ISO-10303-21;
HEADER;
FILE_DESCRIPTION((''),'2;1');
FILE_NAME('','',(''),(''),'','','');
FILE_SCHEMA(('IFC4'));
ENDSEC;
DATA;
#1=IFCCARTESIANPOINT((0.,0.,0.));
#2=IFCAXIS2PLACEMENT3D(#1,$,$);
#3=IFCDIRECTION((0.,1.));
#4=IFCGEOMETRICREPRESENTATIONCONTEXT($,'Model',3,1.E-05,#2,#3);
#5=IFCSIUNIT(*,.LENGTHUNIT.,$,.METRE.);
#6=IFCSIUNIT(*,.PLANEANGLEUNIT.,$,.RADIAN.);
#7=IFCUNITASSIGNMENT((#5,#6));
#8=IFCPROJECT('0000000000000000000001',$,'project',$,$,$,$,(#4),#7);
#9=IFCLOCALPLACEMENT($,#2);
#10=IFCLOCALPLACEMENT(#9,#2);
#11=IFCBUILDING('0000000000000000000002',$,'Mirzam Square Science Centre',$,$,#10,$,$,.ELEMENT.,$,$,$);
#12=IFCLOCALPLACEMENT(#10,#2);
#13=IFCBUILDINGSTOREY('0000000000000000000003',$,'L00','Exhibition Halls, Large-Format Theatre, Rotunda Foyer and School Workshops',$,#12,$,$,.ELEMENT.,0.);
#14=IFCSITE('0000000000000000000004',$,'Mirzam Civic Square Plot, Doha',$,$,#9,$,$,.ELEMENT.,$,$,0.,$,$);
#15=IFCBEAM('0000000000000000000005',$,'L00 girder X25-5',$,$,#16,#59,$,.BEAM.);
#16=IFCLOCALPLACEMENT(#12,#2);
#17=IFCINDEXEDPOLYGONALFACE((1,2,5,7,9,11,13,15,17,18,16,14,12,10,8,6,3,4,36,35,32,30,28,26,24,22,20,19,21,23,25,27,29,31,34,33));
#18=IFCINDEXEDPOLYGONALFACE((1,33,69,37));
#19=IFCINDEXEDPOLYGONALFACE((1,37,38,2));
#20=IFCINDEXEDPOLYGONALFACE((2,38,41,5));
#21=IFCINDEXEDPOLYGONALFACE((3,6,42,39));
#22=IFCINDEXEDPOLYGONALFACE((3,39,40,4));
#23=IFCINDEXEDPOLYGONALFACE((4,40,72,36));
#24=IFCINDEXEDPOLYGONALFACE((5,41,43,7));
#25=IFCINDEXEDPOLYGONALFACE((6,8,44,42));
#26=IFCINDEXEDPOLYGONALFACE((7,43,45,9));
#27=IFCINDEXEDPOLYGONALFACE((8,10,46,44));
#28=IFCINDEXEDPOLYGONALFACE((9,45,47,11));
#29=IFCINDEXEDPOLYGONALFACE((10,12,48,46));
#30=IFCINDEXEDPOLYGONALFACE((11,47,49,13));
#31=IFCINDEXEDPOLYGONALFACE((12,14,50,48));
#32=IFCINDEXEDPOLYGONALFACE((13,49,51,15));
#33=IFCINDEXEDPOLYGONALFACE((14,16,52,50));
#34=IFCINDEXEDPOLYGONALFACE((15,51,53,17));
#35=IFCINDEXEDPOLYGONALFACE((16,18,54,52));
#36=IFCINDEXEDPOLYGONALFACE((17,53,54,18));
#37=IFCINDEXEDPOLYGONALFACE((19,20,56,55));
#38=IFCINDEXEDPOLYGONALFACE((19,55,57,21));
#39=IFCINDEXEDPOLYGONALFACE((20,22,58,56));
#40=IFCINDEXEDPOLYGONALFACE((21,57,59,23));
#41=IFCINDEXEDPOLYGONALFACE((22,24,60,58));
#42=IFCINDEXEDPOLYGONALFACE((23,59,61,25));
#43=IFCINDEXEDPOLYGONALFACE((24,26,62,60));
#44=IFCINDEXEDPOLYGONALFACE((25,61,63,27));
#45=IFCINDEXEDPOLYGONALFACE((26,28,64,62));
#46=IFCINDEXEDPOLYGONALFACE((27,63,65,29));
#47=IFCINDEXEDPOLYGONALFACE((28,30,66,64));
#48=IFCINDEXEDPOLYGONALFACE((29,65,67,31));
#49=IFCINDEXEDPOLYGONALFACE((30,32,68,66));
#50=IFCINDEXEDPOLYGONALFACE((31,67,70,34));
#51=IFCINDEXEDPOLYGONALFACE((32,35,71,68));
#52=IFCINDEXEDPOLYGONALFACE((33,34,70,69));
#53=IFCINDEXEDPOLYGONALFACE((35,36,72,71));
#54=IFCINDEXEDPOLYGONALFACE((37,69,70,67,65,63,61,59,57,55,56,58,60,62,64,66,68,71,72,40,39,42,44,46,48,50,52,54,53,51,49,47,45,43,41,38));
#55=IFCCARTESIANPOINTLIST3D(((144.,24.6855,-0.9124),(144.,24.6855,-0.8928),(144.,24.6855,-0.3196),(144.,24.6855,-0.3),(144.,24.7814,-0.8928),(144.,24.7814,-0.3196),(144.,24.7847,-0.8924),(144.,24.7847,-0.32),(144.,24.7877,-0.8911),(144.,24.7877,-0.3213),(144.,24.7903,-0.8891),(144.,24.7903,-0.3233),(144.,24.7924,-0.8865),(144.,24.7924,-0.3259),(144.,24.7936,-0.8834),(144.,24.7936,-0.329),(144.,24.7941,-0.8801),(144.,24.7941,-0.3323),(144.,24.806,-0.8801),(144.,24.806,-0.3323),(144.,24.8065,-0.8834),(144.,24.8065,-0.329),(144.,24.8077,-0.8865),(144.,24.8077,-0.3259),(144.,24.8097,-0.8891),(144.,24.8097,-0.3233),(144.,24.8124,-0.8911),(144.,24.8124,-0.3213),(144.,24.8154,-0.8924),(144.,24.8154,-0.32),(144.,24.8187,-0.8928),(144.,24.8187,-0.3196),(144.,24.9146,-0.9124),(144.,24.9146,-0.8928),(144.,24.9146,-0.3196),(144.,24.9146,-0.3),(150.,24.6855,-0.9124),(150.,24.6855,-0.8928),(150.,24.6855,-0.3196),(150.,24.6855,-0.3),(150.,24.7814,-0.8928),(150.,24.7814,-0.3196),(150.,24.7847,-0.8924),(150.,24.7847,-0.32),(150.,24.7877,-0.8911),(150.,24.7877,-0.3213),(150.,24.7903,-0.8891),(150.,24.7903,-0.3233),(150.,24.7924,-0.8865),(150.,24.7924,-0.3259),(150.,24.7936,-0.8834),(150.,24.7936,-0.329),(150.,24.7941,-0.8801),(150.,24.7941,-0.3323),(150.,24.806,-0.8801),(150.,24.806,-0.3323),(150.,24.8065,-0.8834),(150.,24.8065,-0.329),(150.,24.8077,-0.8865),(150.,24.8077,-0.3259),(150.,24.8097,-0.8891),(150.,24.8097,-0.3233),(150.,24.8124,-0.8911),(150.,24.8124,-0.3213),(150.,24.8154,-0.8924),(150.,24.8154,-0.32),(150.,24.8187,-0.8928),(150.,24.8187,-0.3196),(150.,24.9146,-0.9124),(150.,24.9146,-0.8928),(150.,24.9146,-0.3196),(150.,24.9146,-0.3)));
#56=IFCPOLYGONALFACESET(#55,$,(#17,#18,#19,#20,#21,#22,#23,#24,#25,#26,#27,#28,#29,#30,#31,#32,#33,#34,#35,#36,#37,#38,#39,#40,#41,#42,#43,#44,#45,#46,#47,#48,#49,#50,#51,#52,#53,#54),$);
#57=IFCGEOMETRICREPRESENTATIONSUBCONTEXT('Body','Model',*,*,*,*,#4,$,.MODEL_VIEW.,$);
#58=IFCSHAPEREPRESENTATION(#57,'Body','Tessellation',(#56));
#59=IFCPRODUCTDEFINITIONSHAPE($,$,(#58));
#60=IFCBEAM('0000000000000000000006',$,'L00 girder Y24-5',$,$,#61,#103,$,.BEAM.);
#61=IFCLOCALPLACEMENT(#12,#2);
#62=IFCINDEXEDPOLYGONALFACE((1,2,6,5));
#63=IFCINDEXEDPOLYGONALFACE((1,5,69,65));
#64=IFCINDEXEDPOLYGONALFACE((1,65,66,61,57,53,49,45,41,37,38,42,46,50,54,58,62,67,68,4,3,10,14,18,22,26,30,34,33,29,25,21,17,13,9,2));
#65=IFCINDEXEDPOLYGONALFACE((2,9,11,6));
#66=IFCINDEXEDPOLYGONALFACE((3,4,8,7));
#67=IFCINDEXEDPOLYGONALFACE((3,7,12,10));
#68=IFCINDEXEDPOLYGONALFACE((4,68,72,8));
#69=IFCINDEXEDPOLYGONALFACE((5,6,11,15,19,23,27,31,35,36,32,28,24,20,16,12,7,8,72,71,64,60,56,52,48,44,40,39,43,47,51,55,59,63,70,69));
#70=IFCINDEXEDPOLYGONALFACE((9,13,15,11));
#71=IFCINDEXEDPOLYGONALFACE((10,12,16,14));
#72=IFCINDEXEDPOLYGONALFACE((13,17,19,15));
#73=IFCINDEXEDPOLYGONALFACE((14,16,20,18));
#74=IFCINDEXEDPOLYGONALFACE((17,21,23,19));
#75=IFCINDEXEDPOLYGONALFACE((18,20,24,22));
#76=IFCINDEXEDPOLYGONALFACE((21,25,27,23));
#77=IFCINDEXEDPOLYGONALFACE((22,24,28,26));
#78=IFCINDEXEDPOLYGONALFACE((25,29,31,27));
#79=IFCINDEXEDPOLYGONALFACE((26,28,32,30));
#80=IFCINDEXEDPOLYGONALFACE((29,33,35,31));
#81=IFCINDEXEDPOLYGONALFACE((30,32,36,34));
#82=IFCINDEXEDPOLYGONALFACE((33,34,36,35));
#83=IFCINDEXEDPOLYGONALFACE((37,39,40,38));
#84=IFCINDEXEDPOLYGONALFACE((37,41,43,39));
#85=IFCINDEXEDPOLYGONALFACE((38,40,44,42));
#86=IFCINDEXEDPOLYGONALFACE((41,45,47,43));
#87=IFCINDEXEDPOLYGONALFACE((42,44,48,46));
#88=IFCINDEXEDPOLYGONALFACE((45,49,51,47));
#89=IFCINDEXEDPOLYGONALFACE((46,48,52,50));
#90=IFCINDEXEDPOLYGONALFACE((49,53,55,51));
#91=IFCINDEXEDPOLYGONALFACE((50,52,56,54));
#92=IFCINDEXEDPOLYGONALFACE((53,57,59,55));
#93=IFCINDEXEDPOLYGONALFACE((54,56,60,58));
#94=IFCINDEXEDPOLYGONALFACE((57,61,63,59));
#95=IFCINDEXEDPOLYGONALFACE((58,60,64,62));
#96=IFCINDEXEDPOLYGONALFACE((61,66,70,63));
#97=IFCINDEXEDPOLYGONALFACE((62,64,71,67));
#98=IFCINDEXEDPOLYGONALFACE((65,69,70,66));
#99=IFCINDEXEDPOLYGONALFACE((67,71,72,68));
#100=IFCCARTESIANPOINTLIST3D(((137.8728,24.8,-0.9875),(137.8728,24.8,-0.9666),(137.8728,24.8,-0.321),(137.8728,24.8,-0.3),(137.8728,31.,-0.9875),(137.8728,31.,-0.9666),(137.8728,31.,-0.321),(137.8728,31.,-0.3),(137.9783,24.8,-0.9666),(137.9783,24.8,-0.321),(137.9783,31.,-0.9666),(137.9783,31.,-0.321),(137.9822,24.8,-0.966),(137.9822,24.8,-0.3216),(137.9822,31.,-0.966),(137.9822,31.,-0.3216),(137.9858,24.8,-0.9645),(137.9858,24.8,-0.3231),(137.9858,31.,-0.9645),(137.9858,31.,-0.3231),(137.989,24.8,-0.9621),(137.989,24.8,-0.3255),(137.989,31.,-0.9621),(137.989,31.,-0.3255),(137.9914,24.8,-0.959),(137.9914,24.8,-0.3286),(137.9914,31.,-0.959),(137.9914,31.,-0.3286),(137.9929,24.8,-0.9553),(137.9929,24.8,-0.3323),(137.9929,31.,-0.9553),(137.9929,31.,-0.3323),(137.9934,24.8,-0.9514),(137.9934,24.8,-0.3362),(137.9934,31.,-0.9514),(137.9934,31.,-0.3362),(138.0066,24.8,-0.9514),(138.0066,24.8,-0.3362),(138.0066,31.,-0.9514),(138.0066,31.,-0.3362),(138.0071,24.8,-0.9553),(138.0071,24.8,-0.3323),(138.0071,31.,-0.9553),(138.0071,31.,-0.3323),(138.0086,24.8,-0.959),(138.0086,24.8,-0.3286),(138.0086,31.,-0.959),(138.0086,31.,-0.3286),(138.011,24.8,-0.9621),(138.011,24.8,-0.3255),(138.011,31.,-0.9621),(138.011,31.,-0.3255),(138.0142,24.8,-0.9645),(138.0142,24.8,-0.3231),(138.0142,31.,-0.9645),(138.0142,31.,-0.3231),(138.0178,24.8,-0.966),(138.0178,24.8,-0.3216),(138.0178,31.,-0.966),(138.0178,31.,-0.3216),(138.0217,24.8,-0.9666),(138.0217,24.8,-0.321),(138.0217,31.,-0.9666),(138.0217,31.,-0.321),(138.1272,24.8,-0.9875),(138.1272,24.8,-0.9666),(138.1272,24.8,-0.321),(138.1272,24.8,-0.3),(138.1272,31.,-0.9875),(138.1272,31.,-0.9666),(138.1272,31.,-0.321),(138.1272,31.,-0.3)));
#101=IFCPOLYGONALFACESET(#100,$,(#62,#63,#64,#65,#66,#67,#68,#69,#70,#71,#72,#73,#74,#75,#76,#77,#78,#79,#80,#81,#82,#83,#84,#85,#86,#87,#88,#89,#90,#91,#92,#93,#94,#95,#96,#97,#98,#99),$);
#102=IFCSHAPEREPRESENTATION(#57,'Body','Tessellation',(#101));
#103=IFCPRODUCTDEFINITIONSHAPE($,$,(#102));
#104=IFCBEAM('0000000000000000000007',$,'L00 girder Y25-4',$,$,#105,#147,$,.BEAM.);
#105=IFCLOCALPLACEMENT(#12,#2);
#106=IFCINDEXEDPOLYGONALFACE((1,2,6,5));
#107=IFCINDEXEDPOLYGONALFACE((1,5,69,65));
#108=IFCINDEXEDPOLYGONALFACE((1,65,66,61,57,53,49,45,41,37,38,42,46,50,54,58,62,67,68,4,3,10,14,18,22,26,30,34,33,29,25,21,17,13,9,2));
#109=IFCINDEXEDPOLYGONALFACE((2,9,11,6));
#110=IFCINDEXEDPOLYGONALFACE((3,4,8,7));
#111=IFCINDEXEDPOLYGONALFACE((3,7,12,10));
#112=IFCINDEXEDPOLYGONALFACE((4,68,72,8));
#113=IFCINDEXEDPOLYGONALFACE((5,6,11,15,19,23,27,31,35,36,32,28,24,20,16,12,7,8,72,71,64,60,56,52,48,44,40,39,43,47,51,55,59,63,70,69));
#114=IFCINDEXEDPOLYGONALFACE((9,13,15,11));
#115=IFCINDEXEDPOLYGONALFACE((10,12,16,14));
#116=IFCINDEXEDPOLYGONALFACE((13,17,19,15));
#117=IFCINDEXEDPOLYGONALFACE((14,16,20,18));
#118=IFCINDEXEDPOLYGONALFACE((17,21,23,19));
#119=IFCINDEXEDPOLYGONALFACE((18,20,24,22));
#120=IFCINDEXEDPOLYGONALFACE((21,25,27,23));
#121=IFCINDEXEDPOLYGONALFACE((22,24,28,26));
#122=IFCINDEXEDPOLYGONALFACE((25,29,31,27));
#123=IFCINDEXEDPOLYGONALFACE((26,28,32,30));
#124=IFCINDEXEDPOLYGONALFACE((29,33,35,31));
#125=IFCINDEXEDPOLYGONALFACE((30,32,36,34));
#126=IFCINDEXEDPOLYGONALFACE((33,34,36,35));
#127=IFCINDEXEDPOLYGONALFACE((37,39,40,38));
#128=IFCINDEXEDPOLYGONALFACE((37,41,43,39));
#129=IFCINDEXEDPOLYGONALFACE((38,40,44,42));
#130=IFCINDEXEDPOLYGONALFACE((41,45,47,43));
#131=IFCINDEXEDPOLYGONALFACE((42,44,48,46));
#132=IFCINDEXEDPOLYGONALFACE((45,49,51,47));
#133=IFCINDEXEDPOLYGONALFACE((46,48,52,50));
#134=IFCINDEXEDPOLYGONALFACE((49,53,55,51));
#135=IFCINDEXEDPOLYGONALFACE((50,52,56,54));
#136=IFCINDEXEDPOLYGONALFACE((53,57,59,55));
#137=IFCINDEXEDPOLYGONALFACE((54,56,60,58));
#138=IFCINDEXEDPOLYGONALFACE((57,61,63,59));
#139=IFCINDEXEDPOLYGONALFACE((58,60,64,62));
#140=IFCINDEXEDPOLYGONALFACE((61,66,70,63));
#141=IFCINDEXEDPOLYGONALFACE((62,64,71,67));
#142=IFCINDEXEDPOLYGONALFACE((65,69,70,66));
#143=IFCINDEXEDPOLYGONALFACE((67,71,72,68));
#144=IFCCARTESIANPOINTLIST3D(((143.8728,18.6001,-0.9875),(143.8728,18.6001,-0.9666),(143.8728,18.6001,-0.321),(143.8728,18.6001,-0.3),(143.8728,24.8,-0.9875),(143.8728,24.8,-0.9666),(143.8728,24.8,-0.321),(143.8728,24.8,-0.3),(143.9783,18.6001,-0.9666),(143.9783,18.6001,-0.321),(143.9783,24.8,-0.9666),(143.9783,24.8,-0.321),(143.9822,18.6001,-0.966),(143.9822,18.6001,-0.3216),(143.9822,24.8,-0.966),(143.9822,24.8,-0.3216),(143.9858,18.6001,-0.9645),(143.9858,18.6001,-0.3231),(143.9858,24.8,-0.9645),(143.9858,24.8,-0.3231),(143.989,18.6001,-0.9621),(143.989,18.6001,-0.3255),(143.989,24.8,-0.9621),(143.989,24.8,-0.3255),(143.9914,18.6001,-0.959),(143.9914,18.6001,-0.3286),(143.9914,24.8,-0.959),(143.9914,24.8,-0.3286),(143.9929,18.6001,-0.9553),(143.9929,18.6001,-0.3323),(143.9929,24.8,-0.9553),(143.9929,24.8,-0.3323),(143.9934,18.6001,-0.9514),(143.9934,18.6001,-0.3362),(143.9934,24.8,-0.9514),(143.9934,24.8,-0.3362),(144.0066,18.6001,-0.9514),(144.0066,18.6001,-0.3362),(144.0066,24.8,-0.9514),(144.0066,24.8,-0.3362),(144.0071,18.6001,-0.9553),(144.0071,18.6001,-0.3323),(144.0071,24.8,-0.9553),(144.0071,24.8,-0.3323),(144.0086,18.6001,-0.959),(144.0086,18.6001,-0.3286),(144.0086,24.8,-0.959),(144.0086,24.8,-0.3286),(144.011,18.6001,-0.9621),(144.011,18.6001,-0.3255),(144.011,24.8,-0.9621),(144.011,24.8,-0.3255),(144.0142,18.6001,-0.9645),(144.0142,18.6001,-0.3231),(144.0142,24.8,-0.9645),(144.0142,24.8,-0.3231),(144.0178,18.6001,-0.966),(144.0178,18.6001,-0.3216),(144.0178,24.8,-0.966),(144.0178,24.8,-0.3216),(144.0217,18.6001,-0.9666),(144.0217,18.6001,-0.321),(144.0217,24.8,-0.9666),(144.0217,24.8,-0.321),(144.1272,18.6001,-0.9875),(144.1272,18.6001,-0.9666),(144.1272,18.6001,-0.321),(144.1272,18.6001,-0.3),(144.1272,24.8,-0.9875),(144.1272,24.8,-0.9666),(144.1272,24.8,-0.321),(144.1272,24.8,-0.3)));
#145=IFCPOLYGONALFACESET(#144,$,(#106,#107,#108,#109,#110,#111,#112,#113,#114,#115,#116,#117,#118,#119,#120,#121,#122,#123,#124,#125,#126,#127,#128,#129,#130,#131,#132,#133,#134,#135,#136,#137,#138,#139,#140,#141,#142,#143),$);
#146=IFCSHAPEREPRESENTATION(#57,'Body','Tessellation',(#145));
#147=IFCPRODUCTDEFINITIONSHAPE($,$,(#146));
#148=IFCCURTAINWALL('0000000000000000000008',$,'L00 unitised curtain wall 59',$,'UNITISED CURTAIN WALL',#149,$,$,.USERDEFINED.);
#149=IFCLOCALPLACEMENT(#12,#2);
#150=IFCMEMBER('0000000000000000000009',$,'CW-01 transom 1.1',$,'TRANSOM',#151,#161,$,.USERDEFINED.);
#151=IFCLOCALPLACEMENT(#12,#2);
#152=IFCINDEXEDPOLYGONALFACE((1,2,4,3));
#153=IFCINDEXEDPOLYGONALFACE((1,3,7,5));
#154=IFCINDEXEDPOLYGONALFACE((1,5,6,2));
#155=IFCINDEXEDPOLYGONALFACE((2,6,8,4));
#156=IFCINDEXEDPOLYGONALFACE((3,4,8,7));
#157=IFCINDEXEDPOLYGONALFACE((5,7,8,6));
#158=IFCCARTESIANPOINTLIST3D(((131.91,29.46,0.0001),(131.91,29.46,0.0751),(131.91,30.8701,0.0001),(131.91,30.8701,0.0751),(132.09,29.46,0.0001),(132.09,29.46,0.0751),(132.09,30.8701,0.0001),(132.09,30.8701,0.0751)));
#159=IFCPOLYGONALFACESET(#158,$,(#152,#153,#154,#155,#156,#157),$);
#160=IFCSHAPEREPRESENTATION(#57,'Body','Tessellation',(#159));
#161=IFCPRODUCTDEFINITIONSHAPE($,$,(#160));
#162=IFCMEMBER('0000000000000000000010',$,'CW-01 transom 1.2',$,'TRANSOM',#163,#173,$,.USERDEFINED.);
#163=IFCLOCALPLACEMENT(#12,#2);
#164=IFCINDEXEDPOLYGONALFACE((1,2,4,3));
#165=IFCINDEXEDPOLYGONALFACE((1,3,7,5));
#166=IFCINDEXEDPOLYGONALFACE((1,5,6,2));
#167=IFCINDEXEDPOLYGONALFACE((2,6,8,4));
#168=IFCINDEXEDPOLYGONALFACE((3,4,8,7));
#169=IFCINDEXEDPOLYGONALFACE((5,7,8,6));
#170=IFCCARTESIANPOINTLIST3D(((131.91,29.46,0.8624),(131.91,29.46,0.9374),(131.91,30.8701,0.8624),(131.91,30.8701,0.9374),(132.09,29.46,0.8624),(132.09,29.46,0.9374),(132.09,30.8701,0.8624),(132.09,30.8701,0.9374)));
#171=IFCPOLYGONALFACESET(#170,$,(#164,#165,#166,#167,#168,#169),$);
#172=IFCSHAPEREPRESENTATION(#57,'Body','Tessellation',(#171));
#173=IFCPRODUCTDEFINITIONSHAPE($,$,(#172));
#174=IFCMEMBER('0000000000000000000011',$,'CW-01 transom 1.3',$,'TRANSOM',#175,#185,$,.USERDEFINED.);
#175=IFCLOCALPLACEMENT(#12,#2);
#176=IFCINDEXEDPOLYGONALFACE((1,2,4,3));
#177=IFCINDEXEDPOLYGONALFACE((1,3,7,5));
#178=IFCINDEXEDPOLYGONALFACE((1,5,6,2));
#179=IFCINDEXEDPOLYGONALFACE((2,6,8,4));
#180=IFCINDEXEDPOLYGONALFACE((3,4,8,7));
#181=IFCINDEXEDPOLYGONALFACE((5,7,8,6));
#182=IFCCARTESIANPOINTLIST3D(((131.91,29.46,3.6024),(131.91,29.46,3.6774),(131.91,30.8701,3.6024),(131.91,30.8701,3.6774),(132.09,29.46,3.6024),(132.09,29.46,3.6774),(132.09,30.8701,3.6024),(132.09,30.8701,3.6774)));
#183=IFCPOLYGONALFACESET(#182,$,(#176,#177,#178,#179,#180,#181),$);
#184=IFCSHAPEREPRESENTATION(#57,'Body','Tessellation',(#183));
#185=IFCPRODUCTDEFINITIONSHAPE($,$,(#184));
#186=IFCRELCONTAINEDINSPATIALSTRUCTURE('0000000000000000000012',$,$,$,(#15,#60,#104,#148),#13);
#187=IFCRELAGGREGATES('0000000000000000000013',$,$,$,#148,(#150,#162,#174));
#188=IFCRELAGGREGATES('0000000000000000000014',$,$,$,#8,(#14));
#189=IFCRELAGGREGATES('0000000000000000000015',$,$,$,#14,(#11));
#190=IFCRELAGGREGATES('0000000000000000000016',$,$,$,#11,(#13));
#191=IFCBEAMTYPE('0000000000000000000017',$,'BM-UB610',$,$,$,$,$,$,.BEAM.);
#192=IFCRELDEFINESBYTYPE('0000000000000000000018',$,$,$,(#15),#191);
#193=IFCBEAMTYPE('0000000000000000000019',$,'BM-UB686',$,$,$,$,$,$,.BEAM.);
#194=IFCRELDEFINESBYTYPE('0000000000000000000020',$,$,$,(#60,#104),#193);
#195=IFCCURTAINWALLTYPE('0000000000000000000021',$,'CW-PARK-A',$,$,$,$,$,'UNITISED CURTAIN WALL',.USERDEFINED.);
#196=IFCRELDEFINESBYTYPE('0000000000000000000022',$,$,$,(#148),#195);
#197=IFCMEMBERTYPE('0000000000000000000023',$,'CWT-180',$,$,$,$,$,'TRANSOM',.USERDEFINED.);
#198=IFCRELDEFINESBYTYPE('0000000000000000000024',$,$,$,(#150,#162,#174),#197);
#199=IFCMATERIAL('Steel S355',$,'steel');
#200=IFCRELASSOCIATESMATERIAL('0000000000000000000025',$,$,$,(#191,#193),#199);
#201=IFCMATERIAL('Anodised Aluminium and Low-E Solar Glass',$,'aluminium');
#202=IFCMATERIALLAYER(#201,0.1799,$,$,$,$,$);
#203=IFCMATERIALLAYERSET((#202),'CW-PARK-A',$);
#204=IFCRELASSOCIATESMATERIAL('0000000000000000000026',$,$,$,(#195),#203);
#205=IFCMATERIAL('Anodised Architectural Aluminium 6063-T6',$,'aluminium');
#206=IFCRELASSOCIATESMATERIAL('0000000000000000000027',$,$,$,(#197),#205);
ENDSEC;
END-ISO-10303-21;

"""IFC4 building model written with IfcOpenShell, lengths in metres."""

from ifc_helpers import new_model, si_unit, direction, frame, origin, origin_2d, place, context, subcontext, project, spatial, rectangle, i_section, extrude, material, layer, layer_set, material_profile, profile_set, type_object, element, aggregate, save


model = new_model("IFC4")

# Units and contexts
model_context = context("Model", 3, precision=1e-05, world=origin(), true_north=direction((0.0, 1.0)))
body_context = subcontext(model_context, "Body", "Model", "MODEL_VIEW")
ifc_project = project(units=[si_unit("LENGTHUNIT", "METRE"), si_unit("PLANEANGLEUNIT", "RADIAN")], contexts=[model_context])

# Site, building, storey
site_placement = place(None, origin())
site = spatial("IfcSite", under=ifc_project, at=site_placement, Name="Mirzam Civic Square Plot, Doha", CompositionType="ELEMENT", RefElevation=0.0)
building_placement = place(site_placement, origin())
building = spatial("IfcBuilding", under=site, at=building_placement, Name="Mirzam Square Science Centre", CompositionType="ELEMENT")
storey_placement = place(building_placement, origin())
storey = spatial("IfcBuildingStorey", under=building, at=storey_placement, Name="L00", Description="Exhibition Halls, Large-Format Theatre, Rotunda Foyer and School Workshops", CompositionType="ELEMENT", Elevation=0.0)

# Shared definitions
ifc_material_1 = material(Name="Steel S355", Category="steel")

# Beams
ifc_material_profile_1 = material_profile(ifc_material_1, i_section(OverallWidth=0.229, OverallDepth=0.6123, WebThickness=0.012, FlangeThickness=0.0195, FilletRadius=0.0127, at=origin_2d()), Name="610x229x125UB")
ifc_profile_set_1 = profile_set([ifc_material_profile_1], Name="Steel S355")
beam_type_1 = type_object("IfcBeamType", Name="BM-UB610", PredefinedType="BEAM", material=ifc_profile_set_1)
beam_1_placement = place(storey_placement, frame((144.0, 24.8, -0.6062), z_axis=(1.0, 0.0, 0.0), x_axis=(0.0, 1.0, 0.0)))
element("IfcBeam", 1, at=beam_1_placement, inside=storey, type_object=beam_type_1, Name="L00 girder X25-5", PredefinedType="BEAM", context=body_context, shape_type="SweptSolid", body=[
    extrude(i_section(OverallWidth=0.229, OverallDepth=0.6123, WebThickness=0.012, FlangeThickness=0.0195, FilletRadius=0.0127, at=origin_2d()), origin(), (0.0, 0.0, 1.0), 6.0),
])
ifc_material_profile_2 = material_profile(ifc_material_1, i_section(OverallWidth=0.2544, OverallDepth=0.6875, WebThickness=0.0132, FlangeThickness=0.021, FilletRadius=0.0151, at=origin_2d()), Name="686x254x152UB")
ifc_profile_set_2 = profile_set([ifc_material_profile_2], Name="Steel S355")
beam_type_2 = type_object("IfcBeamType", Name="BM-UB686", PredefinedType="BEAM", material=ifc_profile_set_2)
for number, where, z_axis, x_axis, name in (
    (2, (138.0, 24.8, -0.6438), (0.0, 1.0, 0.0), (-1.0, 0.0, 0.0), "L00 girder Y24-5"),
    (3, (144.0, 18.6001, -0.6438), (0.0, 1.0, 0.0), (-1.0, 0.0, 0.0), "L00 girder Y25-4"),
):
    element("IfcBeam", number, at=place(storey_placement, frame(where, z_axis=z_axis, x_axis=x_axis)), inside=storey, type_object=beam_type_2, Name=name, PredefinedType="BEAM", context=body_context, shape_type="SweptSolid", body=[
        extrude(i_section(OverallWidth=0.2544, OverallDepth=0.6875, WebThickness=0.0132, FlangeThickness=0.021, FilletRadius=0.0151, at=origin_2d()), origin(), (0.0, 0.0, 1.0), 6.2),
    ])

# Curtain wall, members
ifc_material_2 = material(Name="Anodised Aluminium and Low-E Solar Glass", Category="aluminium")
ifc_layer_1 = layer(ifc_material_2, 0.1799)
ifc_layer_set_1 = layer_set([ifc_layer_1], Name="CW-PARK-A")
curtain_wall_type = type_object("IfcCurtainWallType", Name="CW-PARK-A", ElementType="UNITISED CURTAIN WALL", PredefinedType="USERDEFINED", material=ifc_layer_set_1)
curtain_wall_placement = place(storey_placement, origin())
curtain_wall = element("IfcCurtainWall", 4, at=curtain_wall_placement, inside=storey, type_object=curtain_wall_type, Name="L00 unitised curtain wall 59", ObjectType="UNITISED CURTAIN WALL", PredefinedType="USERDEFINED")
ifc_material_3 = material(Name="Anodised Architectural Aluminium 6063-T6", Category="aluminium")
ifc_material_profile_3 = material_profile(ifc_material_3, rectangle(XDim=0.1799, YDim=0.075, at=origin_2d()), Name="ALU-TRAN-180x75x5")
ifc_profile_set_3 = profile_set([ifc_material_profile_3], Name="Anodised Architectural Aluminium 6063-T6")
member_type = type_object("IfcMemberType", Name="CWT-180", ElementType="TRANSOM", PredefinedType="USERDEFINED", material=ifc_profile_set_3)
member_1_placement = place(storey_placement, frame((132.0, 30.8701, 0.0376), z_axis=(0.0, -1.0, 0.0), x_axis=(1.0, 0.0, 0.0)))
member_1 = element("IfcMember", 5, at=member_1_placement, type_object=member_type, Name="CW-01 transom 1.1", ObjectType="TRANSOM", PredefinedType="USERDEFINED", context=body_context, shape_type="SweptSolid", body=[
    extrude(rectangle(XDim=0.1799, YDim=0.075, at=origin_2d()), origin(), (0.0, 0.0, 1.0), 1.4102),
])
member_2_placement = place(storey_placement, frame((132.0, 30.8701, 0.8999), z_axis=(0.0, -1.0, 0.0), x_axis=(1.0, 0.0, 0.0)))
member_2 = element("IfcMember", 6, at=member_2_placement, type_object=member_type, Name="CW-01 transom 1.2", ObjectType="TRANSOM", PredefinedType="USERDEFINED", context=body_context, shape_type="SweptSolid", body=[
    extrude(rectangle(XDim=0.1799, YDim=0.075, at=origin_2d()), origin(), (0.0, 0.0, 1.0), 1.4102),
])
member_3_placement = place(storey_placement, frame((132.0, 30.8701, 3.6399), z_axis=(0.0, -1.0, 0.0), x_axis=(1.0, 0.0, 0.0)))
member_3 = element("IfcMember", 7, at=member_3_placement, type_object=member_type, Name="CW-01 transom 1.3", ObjectType="TRANSOM", PredefinedType="USERDEFINED", context=body_context, shape_type="SweptSolid", body=[
    extrude(rectangle(XDim=0.1799, YDim=0.075, at=origin_2d()), origin(), (0.0, 0.0, 1.0), 1.4102),
])
aggregate(curtain_wall, [member_1, member_2, member_3])

save(model, "model.ifc")
